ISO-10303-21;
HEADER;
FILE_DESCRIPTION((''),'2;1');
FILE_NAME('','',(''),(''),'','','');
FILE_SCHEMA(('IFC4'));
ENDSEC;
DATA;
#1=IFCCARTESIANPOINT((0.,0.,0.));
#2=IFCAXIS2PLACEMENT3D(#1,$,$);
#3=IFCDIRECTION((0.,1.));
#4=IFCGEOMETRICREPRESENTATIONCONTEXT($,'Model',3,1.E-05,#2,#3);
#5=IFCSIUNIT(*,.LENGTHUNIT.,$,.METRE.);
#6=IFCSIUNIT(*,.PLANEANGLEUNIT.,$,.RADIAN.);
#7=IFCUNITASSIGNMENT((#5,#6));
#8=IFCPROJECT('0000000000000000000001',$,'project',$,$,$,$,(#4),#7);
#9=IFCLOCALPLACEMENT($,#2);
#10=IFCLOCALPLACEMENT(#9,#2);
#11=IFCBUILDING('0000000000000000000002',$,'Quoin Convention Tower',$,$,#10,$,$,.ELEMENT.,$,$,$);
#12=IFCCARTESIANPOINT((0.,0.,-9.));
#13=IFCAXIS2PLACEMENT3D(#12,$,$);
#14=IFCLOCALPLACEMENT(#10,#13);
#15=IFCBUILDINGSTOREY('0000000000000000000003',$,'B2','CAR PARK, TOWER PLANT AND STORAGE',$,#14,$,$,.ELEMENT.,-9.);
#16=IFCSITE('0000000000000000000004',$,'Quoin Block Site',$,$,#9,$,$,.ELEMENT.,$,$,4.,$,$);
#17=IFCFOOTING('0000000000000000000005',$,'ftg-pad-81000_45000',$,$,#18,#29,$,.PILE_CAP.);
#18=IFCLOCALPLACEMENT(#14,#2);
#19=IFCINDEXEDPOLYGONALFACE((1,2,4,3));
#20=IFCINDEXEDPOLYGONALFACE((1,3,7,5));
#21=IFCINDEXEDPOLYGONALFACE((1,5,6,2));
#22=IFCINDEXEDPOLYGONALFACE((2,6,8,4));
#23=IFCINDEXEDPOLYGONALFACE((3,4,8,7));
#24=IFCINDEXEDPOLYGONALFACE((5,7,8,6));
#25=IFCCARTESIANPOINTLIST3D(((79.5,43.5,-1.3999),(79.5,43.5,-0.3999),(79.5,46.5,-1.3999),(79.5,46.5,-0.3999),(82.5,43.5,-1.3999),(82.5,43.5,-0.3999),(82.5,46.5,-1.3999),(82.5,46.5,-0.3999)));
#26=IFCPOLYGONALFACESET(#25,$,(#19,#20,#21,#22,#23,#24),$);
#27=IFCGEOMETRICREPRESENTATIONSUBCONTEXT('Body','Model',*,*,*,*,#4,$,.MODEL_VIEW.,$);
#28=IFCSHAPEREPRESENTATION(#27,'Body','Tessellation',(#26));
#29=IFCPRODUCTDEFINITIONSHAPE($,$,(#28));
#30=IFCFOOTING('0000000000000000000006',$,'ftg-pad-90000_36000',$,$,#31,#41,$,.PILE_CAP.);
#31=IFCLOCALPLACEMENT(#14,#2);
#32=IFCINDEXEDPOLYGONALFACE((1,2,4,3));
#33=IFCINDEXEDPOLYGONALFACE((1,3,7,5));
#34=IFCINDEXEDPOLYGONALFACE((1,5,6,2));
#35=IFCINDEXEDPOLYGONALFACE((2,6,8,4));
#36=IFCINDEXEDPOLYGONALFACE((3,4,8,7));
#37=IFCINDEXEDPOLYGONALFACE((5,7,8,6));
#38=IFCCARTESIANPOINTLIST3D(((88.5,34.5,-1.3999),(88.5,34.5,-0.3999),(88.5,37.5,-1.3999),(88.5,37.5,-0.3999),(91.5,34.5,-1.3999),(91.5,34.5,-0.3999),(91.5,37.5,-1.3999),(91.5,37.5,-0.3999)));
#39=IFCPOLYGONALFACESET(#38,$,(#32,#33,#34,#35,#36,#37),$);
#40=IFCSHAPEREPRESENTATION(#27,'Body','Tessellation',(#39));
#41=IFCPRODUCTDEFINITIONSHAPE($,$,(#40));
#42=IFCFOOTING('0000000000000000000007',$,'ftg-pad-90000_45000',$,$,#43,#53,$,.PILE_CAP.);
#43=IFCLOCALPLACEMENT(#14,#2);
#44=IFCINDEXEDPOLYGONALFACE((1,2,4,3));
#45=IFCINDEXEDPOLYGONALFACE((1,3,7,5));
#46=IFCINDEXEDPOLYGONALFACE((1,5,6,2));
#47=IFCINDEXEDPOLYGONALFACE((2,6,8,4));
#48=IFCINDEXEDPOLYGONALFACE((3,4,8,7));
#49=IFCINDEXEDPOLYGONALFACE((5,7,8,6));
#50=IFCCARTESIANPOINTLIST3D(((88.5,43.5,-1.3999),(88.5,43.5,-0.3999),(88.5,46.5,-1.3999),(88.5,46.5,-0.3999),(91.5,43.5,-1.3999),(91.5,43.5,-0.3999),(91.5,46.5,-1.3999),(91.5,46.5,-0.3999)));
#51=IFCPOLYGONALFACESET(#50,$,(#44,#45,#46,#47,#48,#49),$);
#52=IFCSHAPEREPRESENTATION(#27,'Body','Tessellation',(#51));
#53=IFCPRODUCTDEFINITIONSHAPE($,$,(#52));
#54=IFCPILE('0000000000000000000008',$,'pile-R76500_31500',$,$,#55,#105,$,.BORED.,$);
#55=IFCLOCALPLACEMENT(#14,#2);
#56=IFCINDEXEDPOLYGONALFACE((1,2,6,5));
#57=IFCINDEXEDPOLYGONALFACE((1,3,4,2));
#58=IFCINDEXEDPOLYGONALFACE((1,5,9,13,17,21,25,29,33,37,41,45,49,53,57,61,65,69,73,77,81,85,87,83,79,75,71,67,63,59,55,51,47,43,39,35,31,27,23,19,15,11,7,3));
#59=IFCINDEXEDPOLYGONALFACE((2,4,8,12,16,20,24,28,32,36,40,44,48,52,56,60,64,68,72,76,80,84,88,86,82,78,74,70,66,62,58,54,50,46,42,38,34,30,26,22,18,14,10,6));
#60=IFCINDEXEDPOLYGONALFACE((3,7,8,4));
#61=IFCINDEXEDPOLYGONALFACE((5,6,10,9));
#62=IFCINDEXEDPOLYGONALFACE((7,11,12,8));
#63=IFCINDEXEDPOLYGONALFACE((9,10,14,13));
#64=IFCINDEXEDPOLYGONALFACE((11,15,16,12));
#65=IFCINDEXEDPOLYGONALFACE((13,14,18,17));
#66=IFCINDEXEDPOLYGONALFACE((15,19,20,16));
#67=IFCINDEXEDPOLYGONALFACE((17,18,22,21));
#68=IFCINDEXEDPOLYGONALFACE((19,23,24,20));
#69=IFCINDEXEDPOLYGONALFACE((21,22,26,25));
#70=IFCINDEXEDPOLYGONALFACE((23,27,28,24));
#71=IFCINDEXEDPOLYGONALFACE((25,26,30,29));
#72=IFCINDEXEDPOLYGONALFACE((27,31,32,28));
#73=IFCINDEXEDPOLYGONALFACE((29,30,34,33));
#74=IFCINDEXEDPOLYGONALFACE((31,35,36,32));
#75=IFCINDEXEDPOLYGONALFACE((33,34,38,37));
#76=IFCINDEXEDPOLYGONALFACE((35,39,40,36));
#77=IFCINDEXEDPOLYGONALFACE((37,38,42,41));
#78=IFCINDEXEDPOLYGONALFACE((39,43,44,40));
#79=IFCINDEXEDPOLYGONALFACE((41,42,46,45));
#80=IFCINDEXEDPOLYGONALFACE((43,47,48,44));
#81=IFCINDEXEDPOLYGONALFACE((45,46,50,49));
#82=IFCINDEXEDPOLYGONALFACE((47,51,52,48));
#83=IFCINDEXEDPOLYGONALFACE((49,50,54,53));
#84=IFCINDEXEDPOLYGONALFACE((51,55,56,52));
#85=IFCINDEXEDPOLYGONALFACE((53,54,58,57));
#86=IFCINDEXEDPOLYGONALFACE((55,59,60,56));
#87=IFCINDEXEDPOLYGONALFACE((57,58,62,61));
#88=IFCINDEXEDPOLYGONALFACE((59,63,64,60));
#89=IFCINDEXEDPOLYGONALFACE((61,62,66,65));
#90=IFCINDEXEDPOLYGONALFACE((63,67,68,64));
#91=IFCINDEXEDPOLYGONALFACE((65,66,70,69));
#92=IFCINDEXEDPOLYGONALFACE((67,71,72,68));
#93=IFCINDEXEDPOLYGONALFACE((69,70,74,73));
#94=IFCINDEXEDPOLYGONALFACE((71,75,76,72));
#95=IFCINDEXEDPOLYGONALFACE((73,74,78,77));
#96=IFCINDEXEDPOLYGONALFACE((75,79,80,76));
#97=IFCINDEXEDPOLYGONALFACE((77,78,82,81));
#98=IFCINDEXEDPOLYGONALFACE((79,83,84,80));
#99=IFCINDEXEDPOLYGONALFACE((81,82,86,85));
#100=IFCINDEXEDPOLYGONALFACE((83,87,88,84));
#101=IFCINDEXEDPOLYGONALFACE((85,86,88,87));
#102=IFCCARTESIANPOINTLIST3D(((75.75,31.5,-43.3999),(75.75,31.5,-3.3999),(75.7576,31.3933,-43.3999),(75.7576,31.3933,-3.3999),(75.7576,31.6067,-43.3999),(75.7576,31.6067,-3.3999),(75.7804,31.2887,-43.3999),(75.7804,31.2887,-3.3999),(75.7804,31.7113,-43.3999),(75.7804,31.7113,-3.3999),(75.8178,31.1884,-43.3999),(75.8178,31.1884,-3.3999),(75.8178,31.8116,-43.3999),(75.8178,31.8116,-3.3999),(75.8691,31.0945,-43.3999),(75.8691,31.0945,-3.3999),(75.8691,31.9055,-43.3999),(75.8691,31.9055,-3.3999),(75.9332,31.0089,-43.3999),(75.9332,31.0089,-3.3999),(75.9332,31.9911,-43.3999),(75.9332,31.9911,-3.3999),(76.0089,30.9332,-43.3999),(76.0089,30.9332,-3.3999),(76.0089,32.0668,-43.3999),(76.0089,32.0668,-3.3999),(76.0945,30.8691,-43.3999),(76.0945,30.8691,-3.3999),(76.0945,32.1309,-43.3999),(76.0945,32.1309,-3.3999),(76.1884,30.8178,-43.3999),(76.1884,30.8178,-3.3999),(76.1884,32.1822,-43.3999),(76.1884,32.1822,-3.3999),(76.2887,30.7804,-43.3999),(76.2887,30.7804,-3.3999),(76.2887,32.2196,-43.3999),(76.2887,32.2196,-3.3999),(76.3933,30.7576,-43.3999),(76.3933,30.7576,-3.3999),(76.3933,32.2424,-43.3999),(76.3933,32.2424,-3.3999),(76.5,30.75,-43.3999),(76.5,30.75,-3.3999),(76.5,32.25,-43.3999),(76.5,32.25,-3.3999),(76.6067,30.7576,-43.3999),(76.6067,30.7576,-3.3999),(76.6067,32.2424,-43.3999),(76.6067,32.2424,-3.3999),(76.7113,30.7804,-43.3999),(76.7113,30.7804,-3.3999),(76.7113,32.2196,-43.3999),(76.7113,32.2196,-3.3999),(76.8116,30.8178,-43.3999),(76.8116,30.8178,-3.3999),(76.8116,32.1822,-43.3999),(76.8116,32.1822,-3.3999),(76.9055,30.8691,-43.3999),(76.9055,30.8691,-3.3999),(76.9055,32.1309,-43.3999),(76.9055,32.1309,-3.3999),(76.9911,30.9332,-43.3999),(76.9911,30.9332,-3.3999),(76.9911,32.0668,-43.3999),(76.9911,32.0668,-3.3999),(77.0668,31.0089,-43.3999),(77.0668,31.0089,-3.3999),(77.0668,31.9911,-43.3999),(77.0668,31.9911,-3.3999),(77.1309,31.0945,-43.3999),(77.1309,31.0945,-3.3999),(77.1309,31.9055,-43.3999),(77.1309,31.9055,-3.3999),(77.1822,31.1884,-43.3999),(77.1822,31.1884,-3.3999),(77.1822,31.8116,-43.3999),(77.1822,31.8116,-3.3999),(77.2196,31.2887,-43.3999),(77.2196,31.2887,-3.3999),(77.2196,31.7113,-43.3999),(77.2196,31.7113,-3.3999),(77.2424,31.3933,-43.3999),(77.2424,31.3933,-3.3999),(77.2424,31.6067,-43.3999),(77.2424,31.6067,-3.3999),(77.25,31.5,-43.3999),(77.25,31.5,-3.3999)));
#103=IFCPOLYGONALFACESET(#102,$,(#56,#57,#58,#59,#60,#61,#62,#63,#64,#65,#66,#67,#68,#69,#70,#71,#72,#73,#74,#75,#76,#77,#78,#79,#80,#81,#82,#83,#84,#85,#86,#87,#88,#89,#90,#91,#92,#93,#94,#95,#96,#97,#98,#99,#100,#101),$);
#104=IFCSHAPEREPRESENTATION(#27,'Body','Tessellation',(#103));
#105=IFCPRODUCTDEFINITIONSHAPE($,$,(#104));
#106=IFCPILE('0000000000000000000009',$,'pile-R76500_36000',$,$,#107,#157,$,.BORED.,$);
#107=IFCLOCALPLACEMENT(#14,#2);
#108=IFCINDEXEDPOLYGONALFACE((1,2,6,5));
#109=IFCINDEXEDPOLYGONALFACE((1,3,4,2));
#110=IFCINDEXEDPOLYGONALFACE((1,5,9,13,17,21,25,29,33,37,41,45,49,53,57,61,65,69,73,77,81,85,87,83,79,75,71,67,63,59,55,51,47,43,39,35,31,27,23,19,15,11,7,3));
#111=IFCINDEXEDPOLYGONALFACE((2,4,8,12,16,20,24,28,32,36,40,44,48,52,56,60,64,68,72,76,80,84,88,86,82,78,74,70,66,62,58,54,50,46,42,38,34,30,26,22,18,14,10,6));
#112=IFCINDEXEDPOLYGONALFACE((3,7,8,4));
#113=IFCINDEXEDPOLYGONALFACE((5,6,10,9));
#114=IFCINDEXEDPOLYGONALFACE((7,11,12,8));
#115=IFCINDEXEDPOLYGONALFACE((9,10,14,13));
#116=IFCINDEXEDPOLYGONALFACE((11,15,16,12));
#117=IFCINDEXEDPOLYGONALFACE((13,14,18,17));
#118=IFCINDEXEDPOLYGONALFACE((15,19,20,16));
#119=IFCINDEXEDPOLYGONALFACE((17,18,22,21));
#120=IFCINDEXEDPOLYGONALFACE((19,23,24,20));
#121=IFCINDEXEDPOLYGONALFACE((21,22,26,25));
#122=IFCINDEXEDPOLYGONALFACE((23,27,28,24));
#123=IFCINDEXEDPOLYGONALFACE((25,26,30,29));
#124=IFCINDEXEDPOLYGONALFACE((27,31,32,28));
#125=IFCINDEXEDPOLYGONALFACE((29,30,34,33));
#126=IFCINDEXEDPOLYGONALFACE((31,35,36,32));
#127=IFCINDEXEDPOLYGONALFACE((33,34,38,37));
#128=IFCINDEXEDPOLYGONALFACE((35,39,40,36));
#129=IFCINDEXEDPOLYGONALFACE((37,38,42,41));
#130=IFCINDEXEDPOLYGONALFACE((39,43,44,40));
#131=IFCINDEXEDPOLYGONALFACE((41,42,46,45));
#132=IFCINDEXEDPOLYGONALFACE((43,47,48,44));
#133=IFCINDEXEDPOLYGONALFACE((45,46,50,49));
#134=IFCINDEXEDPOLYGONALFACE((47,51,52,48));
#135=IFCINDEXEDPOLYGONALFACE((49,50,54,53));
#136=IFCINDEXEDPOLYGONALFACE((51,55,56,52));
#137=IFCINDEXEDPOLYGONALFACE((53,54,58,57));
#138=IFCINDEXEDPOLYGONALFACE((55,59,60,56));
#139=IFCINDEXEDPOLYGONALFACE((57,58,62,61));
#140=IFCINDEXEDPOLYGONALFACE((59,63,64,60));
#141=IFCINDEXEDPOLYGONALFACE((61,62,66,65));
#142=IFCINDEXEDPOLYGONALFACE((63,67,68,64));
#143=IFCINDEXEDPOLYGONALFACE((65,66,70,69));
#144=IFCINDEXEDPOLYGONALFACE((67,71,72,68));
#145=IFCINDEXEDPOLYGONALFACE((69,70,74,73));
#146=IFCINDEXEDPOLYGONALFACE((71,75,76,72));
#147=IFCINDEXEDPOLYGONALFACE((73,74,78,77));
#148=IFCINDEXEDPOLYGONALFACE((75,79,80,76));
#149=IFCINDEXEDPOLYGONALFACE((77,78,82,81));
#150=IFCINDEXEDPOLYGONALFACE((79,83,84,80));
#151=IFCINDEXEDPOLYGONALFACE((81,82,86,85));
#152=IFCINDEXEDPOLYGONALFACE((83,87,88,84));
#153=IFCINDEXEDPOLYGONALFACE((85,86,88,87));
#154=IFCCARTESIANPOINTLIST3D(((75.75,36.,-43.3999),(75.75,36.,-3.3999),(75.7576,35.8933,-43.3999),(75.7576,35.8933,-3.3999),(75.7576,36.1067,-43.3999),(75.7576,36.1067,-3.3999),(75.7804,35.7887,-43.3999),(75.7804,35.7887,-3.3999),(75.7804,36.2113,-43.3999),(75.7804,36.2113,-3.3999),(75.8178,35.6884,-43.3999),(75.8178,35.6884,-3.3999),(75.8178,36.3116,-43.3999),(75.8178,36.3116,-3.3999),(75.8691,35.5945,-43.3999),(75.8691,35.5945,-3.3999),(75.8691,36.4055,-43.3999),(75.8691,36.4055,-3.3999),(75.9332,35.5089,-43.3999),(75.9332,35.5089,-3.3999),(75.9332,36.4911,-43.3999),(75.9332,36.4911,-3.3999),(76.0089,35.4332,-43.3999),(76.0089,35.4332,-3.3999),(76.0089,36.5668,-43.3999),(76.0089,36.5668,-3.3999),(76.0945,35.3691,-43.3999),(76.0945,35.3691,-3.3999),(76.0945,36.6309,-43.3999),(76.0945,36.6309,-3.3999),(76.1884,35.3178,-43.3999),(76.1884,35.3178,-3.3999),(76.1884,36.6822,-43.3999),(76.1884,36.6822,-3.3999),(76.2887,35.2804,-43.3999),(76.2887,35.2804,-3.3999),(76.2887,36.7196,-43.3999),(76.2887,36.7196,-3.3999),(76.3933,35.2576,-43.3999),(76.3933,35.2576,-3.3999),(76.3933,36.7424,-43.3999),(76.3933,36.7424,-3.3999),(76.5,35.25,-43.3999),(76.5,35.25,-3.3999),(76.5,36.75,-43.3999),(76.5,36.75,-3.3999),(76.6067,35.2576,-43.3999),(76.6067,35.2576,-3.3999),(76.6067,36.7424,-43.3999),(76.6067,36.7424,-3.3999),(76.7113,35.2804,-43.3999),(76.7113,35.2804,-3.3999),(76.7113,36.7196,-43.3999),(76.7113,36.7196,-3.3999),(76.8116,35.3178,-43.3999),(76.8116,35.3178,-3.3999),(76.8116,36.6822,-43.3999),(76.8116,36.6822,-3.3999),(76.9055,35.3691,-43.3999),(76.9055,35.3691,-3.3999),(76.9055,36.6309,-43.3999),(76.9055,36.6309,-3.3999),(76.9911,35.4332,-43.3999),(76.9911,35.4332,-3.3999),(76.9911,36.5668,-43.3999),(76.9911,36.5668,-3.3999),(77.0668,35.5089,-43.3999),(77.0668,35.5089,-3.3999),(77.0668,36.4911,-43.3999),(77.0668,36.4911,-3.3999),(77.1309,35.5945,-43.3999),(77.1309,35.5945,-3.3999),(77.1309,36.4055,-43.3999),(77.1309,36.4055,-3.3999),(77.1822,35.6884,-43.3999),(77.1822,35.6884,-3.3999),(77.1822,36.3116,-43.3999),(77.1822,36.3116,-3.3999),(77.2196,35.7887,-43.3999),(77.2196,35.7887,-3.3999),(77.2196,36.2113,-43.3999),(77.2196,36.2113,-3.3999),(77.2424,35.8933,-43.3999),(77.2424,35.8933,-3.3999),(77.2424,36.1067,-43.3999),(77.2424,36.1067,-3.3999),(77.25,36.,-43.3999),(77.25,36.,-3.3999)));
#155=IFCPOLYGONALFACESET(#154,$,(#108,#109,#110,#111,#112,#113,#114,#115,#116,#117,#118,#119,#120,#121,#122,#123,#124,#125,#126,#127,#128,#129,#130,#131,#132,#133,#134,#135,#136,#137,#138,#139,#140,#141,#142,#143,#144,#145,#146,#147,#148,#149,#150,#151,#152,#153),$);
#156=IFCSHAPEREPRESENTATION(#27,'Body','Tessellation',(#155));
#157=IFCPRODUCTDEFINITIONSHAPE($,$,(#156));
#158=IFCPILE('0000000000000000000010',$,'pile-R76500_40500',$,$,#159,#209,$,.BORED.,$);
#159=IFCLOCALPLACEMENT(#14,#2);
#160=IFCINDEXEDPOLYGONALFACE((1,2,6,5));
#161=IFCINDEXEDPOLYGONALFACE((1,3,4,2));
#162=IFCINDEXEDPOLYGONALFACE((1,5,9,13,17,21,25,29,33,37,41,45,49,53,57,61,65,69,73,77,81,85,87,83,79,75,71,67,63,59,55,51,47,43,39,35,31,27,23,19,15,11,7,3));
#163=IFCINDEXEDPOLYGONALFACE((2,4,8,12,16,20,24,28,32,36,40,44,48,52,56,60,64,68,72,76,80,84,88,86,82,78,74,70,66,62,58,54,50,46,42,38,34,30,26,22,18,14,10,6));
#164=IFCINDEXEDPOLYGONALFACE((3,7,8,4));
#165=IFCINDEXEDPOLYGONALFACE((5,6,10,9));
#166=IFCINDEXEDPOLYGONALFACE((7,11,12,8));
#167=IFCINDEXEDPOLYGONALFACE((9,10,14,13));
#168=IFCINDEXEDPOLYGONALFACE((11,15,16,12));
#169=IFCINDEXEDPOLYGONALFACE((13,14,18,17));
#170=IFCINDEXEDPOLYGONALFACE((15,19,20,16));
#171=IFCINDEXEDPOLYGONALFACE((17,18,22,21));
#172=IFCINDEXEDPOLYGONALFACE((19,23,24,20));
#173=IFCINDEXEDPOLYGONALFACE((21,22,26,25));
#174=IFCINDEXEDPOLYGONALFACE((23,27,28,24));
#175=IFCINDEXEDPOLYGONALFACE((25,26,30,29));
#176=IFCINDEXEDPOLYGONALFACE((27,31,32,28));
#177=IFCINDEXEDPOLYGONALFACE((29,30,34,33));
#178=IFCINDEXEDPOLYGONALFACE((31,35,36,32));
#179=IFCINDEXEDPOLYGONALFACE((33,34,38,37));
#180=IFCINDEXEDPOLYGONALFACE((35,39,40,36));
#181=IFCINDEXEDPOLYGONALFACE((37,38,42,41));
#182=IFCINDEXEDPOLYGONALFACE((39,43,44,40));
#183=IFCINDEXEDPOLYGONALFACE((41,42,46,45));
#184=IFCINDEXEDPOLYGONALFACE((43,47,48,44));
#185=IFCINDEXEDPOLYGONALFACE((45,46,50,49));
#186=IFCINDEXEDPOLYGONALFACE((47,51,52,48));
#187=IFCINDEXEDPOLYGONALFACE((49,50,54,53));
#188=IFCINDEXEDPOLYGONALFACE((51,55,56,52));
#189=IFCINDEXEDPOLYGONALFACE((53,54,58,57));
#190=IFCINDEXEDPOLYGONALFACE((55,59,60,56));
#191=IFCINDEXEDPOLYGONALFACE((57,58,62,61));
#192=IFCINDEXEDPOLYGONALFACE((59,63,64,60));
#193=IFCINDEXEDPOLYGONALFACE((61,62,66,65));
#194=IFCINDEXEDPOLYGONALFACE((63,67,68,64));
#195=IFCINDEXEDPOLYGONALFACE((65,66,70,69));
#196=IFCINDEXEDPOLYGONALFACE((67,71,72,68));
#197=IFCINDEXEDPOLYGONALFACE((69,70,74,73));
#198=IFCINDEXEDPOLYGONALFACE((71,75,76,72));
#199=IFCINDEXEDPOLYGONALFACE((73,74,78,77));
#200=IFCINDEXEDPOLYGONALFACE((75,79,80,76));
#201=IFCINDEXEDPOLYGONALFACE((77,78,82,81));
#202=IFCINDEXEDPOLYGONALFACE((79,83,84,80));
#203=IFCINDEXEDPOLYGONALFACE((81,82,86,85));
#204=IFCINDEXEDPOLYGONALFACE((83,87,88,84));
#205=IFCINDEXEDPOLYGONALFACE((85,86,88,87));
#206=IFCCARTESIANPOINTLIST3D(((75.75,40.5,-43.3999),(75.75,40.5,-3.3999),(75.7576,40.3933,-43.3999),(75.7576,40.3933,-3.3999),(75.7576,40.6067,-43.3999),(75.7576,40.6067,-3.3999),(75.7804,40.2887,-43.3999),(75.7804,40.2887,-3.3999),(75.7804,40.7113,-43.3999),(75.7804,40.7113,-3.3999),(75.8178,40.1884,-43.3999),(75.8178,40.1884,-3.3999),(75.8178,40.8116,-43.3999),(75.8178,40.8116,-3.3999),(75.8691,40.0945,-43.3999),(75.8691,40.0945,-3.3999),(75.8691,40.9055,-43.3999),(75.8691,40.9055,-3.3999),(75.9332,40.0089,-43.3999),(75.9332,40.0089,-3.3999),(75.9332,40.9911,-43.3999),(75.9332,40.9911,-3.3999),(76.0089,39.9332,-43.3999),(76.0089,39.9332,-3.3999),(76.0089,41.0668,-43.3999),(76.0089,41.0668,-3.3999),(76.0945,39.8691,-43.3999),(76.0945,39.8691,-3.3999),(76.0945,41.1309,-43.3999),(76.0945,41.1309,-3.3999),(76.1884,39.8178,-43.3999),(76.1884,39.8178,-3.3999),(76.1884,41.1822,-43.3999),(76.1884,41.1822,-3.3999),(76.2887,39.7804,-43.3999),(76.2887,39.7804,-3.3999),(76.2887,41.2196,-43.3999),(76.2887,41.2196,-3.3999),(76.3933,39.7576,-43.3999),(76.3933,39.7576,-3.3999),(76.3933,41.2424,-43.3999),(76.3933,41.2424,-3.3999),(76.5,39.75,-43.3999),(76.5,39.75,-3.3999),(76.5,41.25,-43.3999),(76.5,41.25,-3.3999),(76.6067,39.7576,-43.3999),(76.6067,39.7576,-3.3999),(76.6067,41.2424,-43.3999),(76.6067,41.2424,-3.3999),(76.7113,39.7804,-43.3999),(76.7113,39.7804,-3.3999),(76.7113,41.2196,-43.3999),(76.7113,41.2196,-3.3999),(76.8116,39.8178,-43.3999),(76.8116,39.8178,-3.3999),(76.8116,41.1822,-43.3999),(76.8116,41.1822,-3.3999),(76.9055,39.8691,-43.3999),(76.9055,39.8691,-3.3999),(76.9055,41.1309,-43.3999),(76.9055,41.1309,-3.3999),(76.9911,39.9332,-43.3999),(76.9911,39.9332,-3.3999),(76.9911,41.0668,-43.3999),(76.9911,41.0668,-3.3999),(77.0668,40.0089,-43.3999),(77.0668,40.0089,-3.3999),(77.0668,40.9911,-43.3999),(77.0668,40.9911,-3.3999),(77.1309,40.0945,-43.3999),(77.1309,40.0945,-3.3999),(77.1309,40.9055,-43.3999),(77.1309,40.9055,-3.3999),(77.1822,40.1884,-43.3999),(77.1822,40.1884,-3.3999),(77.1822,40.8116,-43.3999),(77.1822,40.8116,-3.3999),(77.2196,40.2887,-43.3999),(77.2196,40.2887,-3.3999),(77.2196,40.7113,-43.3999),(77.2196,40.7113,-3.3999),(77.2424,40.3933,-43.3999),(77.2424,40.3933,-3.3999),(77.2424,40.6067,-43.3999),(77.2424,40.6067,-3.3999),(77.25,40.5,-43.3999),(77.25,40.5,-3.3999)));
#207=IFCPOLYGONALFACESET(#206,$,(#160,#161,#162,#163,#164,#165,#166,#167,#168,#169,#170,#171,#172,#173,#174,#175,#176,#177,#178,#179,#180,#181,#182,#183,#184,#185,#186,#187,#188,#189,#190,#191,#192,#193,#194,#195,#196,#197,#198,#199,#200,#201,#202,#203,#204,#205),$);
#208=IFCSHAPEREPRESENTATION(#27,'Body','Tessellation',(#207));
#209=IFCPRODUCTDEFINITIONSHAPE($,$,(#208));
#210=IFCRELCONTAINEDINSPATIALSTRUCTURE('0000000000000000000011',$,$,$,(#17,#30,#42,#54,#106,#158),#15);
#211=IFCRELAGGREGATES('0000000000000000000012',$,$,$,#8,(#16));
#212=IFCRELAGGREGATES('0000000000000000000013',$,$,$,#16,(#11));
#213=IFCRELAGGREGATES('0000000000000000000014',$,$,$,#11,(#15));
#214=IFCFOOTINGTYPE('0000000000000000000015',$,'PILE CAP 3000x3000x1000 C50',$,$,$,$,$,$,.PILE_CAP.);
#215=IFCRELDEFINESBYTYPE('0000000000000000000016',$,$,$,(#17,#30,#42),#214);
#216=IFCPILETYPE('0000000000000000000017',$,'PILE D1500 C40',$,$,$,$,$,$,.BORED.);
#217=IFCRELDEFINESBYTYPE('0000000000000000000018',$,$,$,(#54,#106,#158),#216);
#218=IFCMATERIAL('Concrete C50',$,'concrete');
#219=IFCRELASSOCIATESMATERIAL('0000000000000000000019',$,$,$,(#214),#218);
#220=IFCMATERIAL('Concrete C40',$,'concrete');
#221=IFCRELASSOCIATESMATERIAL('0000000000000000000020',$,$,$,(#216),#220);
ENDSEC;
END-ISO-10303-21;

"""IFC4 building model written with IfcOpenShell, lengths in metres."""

from ifc_helpers import new_model, si_unit, direction, frame, origin, origin_2d, place, context, subcontext, project, spatial, rectangle, circle, extrude, material, material_profile, profile_set, type_object, element, save


model = new_model("IFC4")

# Units and contexts
model_context = context("Model", 3, precision=1e-05, world=origin(), true_north=direction((0.0, 1.0)))
body_context = subcontext(model_context, "Body", "Model", "MODEL_VIEW")
ifc_project = project(units=[si_unit("LENGTHUNIT", "METRE"), si_unit("PLANEANGLEUNIT", "RADIAN")], contexts=[model_context])

# Site, building, storey
site_placement = place(None, origin())
site = spatial("IfcSite", under=ifc_project, at=site_placement, Name="Quoin Block Site", CompositionType="ELEMENT", RefElevation=4.0)
building_placement = place(site_placement, origin())
building = spatial("IfcBuilding", under=site, at=building_placement, Name="Quoin Convention Tower", CompositionType="ELEMENT")
storey_placement = place(building_placement, frame((0.0, 0.0, -9.0)))
storey = spatial("IfcBuildingStorey", under=building, at=storey_placement, Name="B2", Description="CAR PARK, TOWER PLANT AND STORAGE", CompositionType="ELEMENT", Elevation=-9.0)

# Footings
ifc_material_1 = material(Name="Concrete C50", Category="concrete")
footing_type = type_object("IfcFootingType", Name="PILE CAP 3000x3000x1000 C50", PredefinedType="PILE_CAP", material=ifc_material_1)
for number, where, z_axis, x_axis, name in (
    (1, (81.0, 45.0, -1.3999), (0.0, 0.0, 1.0), (1.0, 0.0, 0.0), "ftg-pad-81000_45000"),
    (2, (90.0, 36.0, -1.3999), (0.0, 0.0, 1.0), (1.0, 0.0, 0.0), "ftg-pad-90000_36000"),
    (3, (90.0, 45.0, -1.3999), (0.0, 0.0, 1.0), (1.0, 0.0, 0.0), "ftg-pad-90000_45000"),
):
    element("IfcFooting", number, at=place(storey_placement, frame(where, z_axis=z_axis, x_axis=x_axis)), inside=storey, type_object=footing_type, Name=name, PredefinedType="PILE_CAP", context=body_context, shape_type="SweptSolid", body=[
        extrude(rectangle(XDim=3.0, YDim=3.0, at=origin_2d()), origin(), (0.0, 0.0, 1.0), 1.0),
    ])

# Piles
ifc_material_2 = material(Name="Concrete C40", Category="concrete")
ifc_material_profile_1 = material_profile(ifc_material_2, circle(Radius=0.75, at=origin_2d()), Name="D1500")
ifc_profile_set_1 = profile_set([ifc_material_profile_1], Name="Concrete C40")
pile_type = type_object("IfcPileType", Name="PILE D1500 C40", PredefinedType="BORED", material=ifc_profile_set_1)
for number, where, z_axis, x_axis, name in (
    (4, (76.5, 31.5, -3.3999), (0.0, 0.0, -1.0), (1.0, 0.0, 0.0), "pile-R76500_31500"),
    (5, (76.5, 36.0, -3.3999), (0.0, 0.0, -1.0), (1.0, 0.0, 0.0), "pile-R76500_36000"),
    (6, (76.5, 40.5, -3.3999), (0.0, 0.0, -1.0), (1.0, 0.0, 0.0), "pile-R76500_40500"),
):
    element("IfcPile", number, at=place(storey_placement, frame(where, z_axis=z_axis, x_axis=x_axis)), inside=storey, type_object=pile_type, Name=name, PredefinedType="BORED", context=body_context, shape_type="SweptSolid", body=[
        extrude(circle(Radius=0.75, at=origin_2d()), origin(), (0.0, 0.0, 1.0), 40.0),
    ])

save(model, "model.ifc")
